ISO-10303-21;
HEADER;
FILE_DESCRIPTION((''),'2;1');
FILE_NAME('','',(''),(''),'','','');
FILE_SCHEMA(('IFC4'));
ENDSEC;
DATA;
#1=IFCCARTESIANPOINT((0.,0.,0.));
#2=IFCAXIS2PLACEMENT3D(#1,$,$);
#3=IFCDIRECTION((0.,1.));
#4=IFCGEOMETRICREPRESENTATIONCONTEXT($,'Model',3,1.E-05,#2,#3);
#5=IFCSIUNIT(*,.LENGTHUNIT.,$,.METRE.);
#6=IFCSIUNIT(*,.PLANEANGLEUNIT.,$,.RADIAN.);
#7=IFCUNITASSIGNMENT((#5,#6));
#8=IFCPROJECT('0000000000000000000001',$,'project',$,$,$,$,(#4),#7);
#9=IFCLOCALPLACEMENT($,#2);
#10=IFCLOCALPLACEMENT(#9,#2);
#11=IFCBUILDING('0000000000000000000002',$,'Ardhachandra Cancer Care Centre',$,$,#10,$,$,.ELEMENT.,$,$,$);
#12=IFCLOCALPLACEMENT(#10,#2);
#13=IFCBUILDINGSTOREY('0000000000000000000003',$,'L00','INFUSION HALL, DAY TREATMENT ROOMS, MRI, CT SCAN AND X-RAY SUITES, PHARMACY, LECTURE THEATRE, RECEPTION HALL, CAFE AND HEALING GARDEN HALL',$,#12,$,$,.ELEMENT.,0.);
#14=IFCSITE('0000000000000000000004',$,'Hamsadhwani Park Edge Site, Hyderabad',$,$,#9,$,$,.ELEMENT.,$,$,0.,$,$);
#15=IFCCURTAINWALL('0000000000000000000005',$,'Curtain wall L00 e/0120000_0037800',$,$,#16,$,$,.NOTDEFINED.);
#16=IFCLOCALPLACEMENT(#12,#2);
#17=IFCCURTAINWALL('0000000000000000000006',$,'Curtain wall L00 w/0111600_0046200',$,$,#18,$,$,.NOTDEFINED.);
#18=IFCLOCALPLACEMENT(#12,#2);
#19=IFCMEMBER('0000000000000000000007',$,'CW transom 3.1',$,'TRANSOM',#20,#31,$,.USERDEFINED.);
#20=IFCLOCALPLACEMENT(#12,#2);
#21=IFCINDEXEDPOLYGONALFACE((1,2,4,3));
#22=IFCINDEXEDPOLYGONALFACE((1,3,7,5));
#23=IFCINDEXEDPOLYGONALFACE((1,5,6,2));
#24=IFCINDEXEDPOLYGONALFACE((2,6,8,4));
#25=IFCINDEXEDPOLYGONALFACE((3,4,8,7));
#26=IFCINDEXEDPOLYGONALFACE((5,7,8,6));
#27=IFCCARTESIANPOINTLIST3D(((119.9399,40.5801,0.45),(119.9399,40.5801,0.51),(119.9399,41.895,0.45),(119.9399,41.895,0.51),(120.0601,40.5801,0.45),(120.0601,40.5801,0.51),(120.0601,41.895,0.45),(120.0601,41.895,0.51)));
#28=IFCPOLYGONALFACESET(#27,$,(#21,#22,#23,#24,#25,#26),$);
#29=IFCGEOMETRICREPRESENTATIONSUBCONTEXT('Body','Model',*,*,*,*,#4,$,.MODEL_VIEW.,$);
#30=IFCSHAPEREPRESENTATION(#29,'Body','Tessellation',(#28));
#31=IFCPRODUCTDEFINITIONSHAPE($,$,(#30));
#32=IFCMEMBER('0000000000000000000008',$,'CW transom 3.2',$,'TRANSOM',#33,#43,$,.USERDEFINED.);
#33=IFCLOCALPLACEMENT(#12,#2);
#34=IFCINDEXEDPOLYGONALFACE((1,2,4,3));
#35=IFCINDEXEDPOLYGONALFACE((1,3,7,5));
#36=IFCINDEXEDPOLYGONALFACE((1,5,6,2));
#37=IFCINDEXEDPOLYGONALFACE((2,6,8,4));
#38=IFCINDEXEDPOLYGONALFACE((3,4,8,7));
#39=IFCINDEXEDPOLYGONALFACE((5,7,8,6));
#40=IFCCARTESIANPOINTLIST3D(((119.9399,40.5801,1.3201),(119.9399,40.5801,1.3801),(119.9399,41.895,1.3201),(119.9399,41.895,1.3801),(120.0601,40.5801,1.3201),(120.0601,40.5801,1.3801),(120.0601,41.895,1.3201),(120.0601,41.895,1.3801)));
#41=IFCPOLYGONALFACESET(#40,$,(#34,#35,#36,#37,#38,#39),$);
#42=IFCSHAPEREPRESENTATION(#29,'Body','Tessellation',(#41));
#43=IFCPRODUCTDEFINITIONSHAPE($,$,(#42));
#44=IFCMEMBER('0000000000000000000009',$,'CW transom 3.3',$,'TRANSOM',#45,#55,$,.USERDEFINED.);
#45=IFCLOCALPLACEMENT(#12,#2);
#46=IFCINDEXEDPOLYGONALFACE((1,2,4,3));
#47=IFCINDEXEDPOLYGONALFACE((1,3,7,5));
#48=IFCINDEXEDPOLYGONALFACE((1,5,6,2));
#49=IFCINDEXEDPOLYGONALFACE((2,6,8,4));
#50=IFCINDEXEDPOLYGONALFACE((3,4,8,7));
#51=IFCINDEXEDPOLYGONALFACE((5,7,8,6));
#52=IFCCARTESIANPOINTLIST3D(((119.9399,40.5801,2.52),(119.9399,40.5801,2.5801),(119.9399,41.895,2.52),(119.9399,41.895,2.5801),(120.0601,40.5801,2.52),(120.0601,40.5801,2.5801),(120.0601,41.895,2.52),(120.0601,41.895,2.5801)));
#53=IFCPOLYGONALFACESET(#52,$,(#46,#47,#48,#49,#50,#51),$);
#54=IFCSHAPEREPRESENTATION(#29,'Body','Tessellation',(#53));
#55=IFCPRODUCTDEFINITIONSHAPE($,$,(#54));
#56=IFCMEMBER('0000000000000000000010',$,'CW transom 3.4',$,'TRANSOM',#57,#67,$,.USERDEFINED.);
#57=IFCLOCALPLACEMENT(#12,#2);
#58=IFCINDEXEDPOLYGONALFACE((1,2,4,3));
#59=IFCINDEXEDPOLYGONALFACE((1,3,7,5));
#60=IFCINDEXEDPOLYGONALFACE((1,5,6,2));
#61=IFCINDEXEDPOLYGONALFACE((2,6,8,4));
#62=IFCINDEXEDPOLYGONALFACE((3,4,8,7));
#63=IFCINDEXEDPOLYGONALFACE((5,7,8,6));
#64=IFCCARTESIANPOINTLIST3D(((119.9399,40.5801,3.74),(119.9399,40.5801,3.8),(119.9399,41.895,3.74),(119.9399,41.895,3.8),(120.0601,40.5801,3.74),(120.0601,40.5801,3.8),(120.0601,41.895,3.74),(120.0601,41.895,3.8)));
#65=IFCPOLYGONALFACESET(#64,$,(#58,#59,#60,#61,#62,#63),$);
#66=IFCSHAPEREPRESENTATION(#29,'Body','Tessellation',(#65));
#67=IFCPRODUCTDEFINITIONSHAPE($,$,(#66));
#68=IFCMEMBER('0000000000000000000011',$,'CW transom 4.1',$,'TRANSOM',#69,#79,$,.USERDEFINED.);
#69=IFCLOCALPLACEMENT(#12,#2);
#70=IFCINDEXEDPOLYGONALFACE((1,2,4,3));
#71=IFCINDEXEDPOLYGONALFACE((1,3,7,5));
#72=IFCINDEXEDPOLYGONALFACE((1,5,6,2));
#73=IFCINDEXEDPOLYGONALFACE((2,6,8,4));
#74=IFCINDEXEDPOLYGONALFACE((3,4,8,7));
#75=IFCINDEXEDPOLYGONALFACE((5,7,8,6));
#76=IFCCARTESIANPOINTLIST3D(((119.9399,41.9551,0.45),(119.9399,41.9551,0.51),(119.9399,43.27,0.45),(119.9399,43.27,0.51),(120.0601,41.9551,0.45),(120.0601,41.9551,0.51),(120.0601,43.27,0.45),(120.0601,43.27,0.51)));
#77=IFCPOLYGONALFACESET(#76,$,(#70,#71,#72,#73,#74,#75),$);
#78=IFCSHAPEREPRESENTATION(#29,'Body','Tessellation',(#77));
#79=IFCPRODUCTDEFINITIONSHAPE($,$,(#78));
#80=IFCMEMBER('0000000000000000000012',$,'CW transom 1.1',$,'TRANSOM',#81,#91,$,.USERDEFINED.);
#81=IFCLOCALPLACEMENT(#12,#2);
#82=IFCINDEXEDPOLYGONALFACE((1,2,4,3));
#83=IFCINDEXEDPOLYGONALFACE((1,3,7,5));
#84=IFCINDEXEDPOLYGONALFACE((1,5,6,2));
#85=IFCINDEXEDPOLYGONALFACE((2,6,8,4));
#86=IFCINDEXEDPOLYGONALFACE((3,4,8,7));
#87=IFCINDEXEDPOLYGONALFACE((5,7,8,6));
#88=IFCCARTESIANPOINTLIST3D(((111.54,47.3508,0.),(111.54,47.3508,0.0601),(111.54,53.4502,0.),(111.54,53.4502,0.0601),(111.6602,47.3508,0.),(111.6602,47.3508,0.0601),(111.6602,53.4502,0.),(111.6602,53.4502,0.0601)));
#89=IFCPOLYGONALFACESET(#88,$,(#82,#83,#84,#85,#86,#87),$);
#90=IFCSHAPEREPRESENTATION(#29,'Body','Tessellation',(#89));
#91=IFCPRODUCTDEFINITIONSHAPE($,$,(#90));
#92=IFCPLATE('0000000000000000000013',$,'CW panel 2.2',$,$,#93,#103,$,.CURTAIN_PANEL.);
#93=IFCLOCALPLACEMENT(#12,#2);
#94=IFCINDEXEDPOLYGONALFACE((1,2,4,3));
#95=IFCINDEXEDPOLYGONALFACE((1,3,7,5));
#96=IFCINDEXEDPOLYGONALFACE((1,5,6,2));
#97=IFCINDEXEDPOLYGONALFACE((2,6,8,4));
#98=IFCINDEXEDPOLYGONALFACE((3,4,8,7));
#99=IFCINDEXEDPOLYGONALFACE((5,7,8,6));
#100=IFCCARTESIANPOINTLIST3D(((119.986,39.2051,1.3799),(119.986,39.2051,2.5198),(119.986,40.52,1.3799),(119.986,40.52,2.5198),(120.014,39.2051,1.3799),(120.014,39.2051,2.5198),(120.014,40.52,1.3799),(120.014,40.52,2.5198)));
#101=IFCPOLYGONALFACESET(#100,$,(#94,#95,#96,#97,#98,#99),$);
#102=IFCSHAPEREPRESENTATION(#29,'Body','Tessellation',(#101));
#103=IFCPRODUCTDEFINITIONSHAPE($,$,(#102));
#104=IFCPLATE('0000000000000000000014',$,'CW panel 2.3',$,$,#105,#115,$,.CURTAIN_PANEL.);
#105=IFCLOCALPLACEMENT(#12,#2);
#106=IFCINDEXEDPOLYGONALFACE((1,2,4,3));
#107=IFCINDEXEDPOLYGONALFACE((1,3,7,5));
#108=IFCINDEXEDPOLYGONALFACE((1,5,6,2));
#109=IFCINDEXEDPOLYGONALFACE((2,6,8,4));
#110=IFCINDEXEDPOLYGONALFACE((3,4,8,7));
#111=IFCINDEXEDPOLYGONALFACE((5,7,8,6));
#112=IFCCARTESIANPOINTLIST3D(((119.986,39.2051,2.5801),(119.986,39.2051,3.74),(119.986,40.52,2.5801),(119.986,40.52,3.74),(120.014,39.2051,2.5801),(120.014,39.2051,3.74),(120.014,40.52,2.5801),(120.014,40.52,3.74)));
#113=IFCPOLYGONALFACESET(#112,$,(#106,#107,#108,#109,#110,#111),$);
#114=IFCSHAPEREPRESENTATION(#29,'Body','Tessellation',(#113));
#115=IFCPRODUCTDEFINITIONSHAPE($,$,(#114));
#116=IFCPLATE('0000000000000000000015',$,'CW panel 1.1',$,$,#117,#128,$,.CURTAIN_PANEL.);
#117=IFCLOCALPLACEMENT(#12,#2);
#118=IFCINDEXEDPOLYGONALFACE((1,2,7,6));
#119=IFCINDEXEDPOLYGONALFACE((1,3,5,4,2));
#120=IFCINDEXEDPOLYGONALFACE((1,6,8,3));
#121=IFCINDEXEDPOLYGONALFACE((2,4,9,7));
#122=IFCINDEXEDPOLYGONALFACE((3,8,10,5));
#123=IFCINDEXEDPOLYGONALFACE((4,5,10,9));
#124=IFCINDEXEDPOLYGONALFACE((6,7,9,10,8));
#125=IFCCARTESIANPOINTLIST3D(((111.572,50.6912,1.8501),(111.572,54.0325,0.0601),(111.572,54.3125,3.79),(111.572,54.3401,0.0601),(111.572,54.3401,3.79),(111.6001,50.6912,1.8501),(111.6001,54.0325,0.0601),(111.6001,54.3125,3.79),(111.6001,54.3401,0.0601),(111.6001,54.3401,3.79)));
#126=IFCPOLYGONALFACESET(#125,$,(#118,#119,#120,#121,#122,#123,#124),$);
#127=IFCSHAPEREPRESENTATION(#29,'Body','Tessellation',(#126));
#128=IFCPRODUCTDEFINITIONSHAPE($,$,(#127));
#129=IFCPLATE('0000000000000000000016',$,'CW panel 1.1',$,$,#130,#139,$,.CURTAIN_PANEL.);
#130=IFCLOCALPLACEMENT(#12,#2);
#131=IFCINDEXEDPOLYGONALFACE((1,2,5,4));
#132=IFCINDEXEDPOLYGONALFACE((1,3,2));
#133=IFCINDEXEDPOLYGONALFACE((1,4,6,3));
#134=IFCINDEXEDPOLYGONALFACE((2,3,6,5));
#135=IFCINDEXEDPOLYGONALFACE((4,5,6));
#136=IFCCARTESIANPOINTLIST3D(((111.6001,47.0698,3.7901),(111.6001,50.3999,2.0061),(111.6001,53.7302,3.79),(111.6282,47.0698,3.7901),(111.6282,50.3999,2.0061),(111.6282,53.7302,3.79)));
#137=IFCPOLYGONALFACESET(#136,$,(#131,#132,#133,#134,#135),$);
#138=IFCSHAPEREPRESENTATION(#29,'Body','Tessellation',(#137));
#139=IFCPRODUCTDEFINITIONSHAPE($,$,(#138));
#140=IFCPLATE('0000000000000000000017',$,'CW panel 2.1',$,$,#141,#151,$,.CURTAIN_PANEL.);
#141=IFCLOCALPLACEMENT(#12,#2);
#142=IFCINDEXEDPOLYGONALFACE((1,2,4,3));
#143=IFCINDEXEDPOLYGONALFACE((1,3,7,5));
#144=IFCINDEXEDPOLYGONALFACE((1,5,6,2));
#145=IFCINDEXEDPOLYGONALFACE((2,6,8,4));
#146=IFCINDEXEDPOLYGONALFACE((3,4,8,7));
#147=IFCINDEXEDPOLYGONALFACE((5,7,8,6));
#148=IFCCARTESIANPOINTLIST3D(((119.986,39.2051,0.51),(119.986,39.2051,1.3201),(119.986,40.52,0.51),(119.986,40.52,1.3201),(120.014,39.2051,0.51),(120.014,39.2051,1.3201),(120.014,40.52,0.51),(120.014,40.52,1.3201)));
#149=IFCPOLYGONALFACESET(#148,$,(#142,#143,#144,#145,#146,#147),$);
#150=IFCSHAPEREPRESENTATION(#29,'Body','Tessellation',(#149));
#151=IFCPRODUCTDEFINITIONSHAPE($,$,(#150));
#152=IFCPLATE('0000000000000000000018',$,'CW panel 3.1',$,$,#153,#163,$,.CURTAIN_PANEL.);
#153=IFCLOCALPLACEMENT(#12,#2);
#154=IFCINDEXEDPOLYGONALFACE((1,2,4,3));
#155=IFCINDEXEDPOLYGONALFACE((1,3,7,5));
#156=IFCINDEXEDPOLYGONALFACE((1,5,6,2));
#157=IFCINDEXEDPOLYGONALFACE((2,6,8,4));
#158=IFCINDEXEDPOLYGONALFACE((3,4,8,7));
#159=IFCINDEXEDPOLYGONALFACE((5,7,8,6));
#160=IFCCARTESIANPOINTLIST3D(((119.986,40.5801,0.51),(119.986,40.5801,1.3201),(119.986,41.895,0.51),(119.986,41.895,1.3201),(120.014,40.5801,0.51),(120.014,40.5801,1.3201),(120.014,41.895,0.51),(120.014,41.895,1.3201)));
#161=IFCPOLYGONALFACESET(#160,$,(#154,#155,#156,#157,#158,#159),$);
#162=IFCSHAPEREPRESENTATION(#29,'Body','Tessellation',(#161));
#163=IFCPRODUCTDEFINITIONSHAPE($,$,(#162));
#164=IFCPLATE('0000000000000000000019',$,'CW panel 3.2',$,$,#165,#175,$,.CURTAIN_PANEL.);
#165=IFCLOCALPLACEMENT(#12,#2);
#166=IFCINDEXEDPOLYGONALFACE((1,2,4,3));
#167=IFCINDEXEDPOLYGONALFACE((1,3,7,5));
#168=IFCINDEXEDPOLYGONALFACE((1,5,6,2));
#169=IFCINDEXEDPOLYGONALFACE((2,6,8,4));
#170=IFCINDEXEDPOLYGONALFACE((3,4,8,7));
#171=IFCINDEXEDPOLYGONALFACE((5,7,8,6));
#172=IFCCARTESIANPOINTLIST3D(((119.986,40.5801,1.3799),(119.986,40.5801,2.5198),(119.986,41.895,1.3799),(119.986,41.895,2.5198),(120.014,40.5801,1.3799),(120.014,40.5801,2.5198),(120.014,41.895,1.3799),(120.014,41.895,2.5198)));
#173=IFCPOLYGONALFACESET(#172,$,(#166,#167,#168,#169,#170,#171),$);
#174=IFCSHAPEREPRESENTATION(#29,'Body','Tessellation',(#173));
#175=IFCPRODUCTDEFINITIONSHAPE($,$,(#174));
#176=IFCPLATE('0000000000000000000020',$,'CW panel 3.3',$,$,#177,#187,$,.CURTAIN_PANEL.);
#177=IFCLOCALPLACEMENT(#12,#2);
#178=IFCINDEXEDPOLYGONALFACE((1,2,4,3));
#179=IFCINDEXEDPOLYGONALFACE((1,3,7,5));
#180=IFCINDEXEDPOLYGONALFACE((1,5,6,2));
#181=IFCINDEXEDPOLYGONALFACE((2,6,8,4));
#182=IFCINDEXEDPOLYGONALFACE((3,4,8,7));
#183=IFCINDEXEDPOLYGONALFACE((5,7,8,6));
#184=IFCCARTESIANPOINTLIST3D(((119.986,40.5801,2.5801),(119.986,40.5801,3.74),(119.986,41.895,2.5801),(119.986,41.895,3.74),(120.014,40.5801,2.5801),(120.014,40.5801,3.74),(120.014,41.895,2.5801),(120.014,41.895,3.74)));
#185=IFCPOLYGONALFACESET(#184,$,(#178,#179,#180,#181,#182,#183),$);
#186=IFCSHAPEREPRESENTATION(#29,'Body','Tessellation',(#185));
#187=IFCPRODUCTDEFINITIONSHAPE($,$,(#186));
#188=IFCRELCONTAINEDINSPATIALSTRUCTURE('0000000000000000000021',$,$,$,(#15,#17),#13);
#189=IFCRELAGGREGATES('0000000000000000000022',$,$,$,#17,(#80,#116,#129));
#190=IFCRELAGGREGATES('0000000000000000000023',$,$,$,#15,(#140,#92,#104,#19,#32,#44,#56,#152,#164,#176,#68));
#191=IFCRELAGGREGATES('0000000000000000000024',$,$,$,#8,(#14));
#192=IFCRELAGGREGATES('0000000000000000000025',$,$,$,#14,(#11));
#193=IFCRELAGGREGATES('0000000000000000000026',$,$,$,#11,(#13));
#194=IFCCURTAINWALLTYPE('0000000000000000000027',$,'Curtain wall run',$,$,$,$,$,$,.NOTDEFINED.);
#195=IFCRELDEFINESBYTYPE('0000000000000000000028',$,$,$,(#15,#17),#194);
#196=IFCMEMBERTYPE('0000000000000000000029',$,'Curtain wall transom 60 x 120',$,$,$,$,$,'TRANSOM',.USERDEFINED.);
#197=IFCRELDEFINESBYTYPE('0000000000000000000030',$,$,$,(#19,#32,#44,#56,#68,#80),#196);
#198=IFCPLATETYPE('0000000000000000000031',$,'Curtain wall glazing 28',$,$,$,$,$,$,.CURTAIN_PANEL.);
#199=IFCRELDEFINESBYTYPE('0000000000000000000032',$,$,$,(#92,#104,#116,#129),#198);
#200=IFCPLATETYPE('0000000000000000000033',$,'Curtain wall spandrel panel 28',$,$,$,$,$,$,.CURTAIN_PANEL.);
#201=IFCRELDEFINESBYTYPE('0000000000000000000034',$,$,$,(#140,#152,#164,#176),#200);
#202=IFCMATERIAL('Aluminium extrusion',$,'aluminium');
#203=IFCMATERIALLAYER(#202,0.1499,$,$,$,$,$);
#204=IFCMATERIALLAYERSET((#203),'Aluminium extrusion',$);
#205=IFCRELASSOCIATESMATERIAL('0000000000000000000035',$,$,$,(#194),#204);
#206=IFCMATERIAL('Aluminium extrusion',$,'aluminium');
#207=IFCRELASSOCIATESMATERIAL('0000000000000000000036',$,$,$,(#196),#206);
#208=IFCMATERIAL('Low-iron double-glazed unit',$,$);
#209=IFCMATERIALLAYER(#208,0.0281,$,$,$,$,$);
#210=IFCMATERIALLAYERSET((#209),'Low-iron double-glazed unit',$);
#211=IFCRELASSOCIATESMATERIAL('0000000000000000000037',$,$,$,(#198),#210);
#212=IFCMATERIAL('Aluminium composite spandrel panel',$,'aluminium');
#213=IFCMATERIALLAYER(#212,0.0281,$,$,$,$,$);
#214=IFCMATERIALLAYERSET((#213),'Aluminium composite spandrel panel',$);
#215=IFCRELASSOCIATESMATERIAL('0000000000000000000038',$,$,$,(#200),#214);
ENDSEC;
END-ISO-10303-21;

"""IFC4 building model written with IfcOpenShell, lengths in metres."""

from ifc_helpers import new_model, si_unit, direction, frame, origin, origin_2d, place, context, subcontext, project, spatial, polyline, rectangle, outline, extrude, material, layer, layer_set, material_profile, profile_set, type_object, element, aggregate, save


model = new_model("IFC4")

# Units and contexts
model_context = context("Model", 3, precision=1e-05, world=origin(), true_north=direction((0.0, 1.0)))
body_context = subcontext(model_context, "Body", "Model", "MODEL_VIEW")
ifc_project = project(units=[si_unit("LENGTHUNIT", "METRE"), si_unit("PLANEANGLEUNIT", "RADIAN")], contexts=[model_context])

# Site, building, storey
site_placement = place(None, origin())
site = spatial("IfcSite", under=ifc_project, at=site_placement, Name="Hamsadhwani Park Edge Site, Hyderabad", CompositionType="ELEMENT", RefElevation=0.0)
building_placement = place(site_placement, origin())
building = spatial("IfcBuilding", under=site, at=building_placement, Name="Ardhachandra Cancer Care Centre", CompositionType="ELEMENT")
storey_placement = place(building_placement, origin())
storey = spatial("IfcBuildingStorey", under=building, at=storey_placement, Name="L00", Description="INFUSION HALL, DAY TREATMENT ROOMS, MRI, CT SCAN AND X-RAY SUITES, PHARMACY, LECTURE THEATRE, RECEPTION HALL, CAFE AND HEALING GARDEN HALL", CompositionType="ELEMENT", Elevation=0.0)

# Curtain wall
ifc_material_1 = material(Name="Aluminium extrusion", Category="aluminium")
ifc_layer_1 = layer(ifc_material_1, 0.1499)
ifc_layer_set_1 = layer_set([ifc_layer_1], Name="Aluminium extrusion")
curtain_wall_type = type_object("IfcCurtainWallType", Name="Curtain wall run", PredefinedType="NOTDEFINED", material=ifc_layer_set_1)
curtain_wall_1_placement = place(storey_placement, origin())
curtain_wall_1 = element("IfcCurtainWall", 1, at=curtain_wall_1_placement, inside=storey, type_object=curtain_wall_type, Name="Curtain wall L00 e/0120000_0037800", PredefinedType="NOTDEFINED")

# Curtain wall
curtain_wall_2_placement = place(storey_placement, origin())
curtain_wall_2 = element("IfcCurtainWall", 2, at=curtain_wall_2_placement, inside=storey, type_object=curtain_wall_type, Name="Curtain wall L00 w/0111600_0046200", PredefinedType="NOTDEFINED")

# Members
ifc_material_2 = material(Name="Aluminium extrusion", Category="aluminium")
ifc_material_profile_1 = material_profile(ifc_material_2, rectangle(XDim=0.1201, YDim=0.0601, at=origin_2d()), Name="Curtain wall transom 60 x 120")
ifc_profile_set_1 = profile_set([ifc_material_profile_1], Name="Aluminium extrusion")
member_type_1 = type_object("IfcMemberType", Name="Curtain wall transom 60 x 120", ElementType="TRANSOM", PredefinedType="USERDEFINED", material=ifc_profile_set_1)
member_1_placement = place(storey_placement, frame((120.0, 40.5801, 0.48), z_axis=(0.0, 1.0, 0.0), x_axis=(-1.0, 0.0, 0.0)))
member_1 = element("IfcMember", 3, at=member_1_placement, type_object=member_type_1, Name="CW transom 3.1", ObjectType="TRANSOM", PredefinedType="USERDEFINED", context=body_context, shape_type="SweptSolid", body=[
    extrude(rectangle(XDim=0.1201, YDim=0.0601, at=origin_2d()), origin(), (0.0, 0.0, 1.0), 1.3149),
])
member_2_placement = place(storey_placement, frame((120.0, 40.5801, 1.3501), z_axis=(0.0, 1.0, 0.0), x_axis=(-1.0, 0.0, 0.0)))
member_2 = element("IfcMember", 4, at=member_2_placement, type_object=member_type_1, Name="CW transom 3.2", ObjectType="TRANSOM", PredefinedType="USERDEFINED", context=body_context, shape_type="SweptSolid", body=[
    extrude(rectangle(XDim=0.1201, YDim=0.0601, at=origin_2d()), origin(), (0.0, 0.0, 1.0), 1.3149),
])
member_3_placement = place(storey_placement, frame((120.0, 40.5801, 2.55), z_axis=(0.0, 1.0, 0.0), x_axis=(-1.0, 0.0, 0.0)))
member_3 = element("IfcMember", 5, at=member_3_placement, type_object=member_type_1, Name="CW transom 3.3", ObjectType="TRANSOM", PredefinedType="USERDEFINED", context=body_context, shape_type="SweptSolid", body=[
    extrude(rectangle(XDim=0.1201, YDim=0.0601, at=origin_2d()), origin(), (0.0, 0.0, 1.0), 1.3149),
])
member_4_placement = place(storey_placement, frame((120.0, 40.5801, 3.77), z_axis=(0.0, 1.0, 0.0), x_axis=(-1.0, 0.0, 0.0)))
member_4 = element("IfcMember", 6, at=member_4_placement, type_object=member_type_1, Name="CW transom 3.4", ObjectType="TRANSOM", PredefinedType="USERDEFINED", context=body_context, shape_type="SweptSolid", body=[
    extrude(rectangle(XDim=0.1201, YDim=0.0601, at=origin_2d()), origin(), (0.0, 0.0, 1.0), 1.3149),
])
member_5_placement = place(storey_placement, frame((120.0, 41.9551, 0.48), z_axis=(0.0, 1.0, 0.0), x_axis=(-1.0, 0.0, 0.0)))
member_5 = element("IfcMember", 7, at=member_5_placement, type_object=member_type_1, Name="CW transom 4.1", ObjectType="TRANSOM", PredefinedType="USERDEFINED", context=body_context, shape_type="SweptSolid", body=[
    extrude(rectangle(XDim=0.1201, YDim=0.0601, at=origin_2d()), origin(), (0.0, 0.0, 1.0), 1.3149),
])
member_6_placement = place(storey_placement, frame((111.6001, 47.3508, 0.03), z_axis=(0.0, 1.0, 0.0), x_axis=(-1.0, 0.0, 0.0)))
member_6 = element("IfcMember", 8, at=member_6_placement, type_object=member_type_1, Name="CW transom 1.1", ObjectType="TRANSOM", PredefinedType="USERDEFINED", context=body_context, shape_type="SweptSolid", body=[
    extrude(rectangle(XDim=0.1201, YDim=0.0601, at=origin_2d()), origin(), (0.0, 0.0, 1.0), 6.0994),
])

# Plates
ifc_material_3 = material(Name="Low-iron double-glazed unit")
ifc_layer_2 = layer(ifc_material_3, 0.0281)
ifc_layer_set_2 = layer_set([ifc_layer_2], Name="Low-iron double-glazed unit")
plate_type_1 = type_object("IfcPlateType", Name="Curtain wall glazing 28", PredefinedType="CURTAIN_PANEL", material=ifc_layer_set_2)
plate_1_placement = place(storey_placement, frame((120.0, 39.8625, 1.3799), z_axis=(0.0, 0.0, 1.0), x_axis=(0.0, 1.0, 0.0)))
plate_1 = element("IfcPlate", 9, at=plate_1_placement, type_object=plate_type_1, Name="CW panel 2.2", PredefinedType="CURTAIN_PANEL", context=body_context, shape_type="SweptSolid", body=[
    extrude(rectangle(XDim=1.3149, YDim=0.0281, at=origin_2d()), origin(), (0.0, 0.0, 1.0), 1.1399),
])
plate_2_placement = place(storey_placement, frame((120.0, 39.8625, 2.5801), z_axis=(0.0, 0.0, 1.0), x_axis=(0.0, 1.0, 0.0)))
plate_2 = element("IfcPlate", 10, at=plate_2_placement, type_object=plate_type_1, Name="CW panel 2.3", PredefinedType="CURTAIN_PANEL", context=body_context, shape_type="SweptSolid", body=[
    extrude(rectangle(XDim=1.3149, YDim=0.0281, at=origin_2d()), origin(), (0.0, 0.0, 1.0), 1.1599),
])
plate_3_placement = place(storey_placement, frame((111.6001, 54.3401, 3.79), z_axis=(-1.0, 0.0, 0.0), x_axis=(0.0, 0.0, -1.0)))
plate_3 = element("IfcPlate", 11, at=plate_3_placement, type_object=plate_type_1, Name="CW panel 1.1", PredefinedType="CURTAIN_PANEL", context=body_context, shape_type="SweptSolid", body=[
    extrude(outline(polyline([(0.0, 0.0), (3.73, 0.0), (3.73, 0.3076), (1.9399, 3.6489), (0.0, 0.0276), (0.0, 0.0)])), origin(), (0.0, 0.0, 1.0), 0.0281),
])
plate_4_placement = place(storey_placement, frame((111.6001, 53.7302, 3.79), z_axis=(-1.0, 0.0, 0.0), x_axis=(0.0, -0.881498, -0.472187)))
plate_4 = element("IfcPlate", 12, at=plate_4_placement, type_object=plate_type_1, Name="CW panel 1.1", PredefinedType="CURTAIN_PANEL", context=body_context, shape_type="SweptSolid", body=[
    extrude(outline(polyline([(0.0, 0.0), (3.7781, 0.0), (5.8711, 3.145), (0.0, 0.0)])), frame((0.0, 0.0, -0.0281)), (0.0, 0.0, 1.0), 0.0281),
])
aggregate(curtain_wall_2, [member_6, plate_3, plate_4])
ifc_material_4 = material(Name="Aluminium composite spandrel panel", Category="aluminium")
ifc_layer_3 = layer(ifc_material_4, 0.0281)
ifc_layer_set_3 = layer_set([ifc_layer_3], Name="Aluminium composite spandrel panel")
plate_type_2 = type_object("IfcPlateType", Name="Curtain wall spandrel panel 28", PredefinedType="CURTAIN_PANEL", material=ifc_layer_set_3)
plate_5_placement = place(storey_placement, frame((120.0, 39.8625, 0.51), z_axis=(0.0, 0.0, 1.0), x_axis=(0.0, 1.0, 0.0)))
plate_5 = element("IfcPlate", 13, at=plate_5_placement, type_object=plate_type_2, Name="CW panel 2.1", PredefinedType="CURTAIN_PANEL", context=body_context, shape_type="SweptSolid", body=[
    extrude(rectangle(XDim=1.3149, YDim=0.0281, at=origin_2d()), origin(), (0.0, 0.0, 1.0), 0.8101),
])
plate_6_placement = place(storey_placement, frame((120.0, 41.2375, 0.51), z_axis=(0.0, 0.0, 1.0), x_axis=(0.0, 1.0, 0.0)))
plate_6 = element("IfcPlate", 14, at=plate_6_placement, type_object=plate_type_2, Name="CW panel 3.1", PredefinedType="CURTAIN_PANEL", context=body_context, shape_type="SweptSolid", body=[
    extrude(rectangle(XDim=1.3149, YDim=0.0281, at=origin_2d()), origin(), (0.0, 0.0, 1.0), 0.8101),
])
plate_7_placement = place(storey_placement, frame((120.0, 41.2375, 1.3799), z_axis=(0.0, 0.0, 1.0), x_axis=(0.0, 1.0, 0.0)))
plate_7 = element("IfcPlate", 15, at=plate_7_placement, type_object=plate_type_2, Name="CW panel 3.2", PredefinedType="CURTAIN_PANEL", context=body_context, shape_type="SweptSolid", body=[
    extrude(rectangle(XDim=1.3149, YDim=0.0281, at=origin_2d()), origin(), (0.0, 0.0, 1.0), 1.1399),
])
plate_8_placement = place(storey_placement, frame((120.0, 41.2375, 2.5801), z_axis=(0.0, 0.0, 1.0), x_axis=(0.0, 1.0, 0.0)))
plate_8 = element("IfcPlate", 16, at=plate_8_placement, type_object=plate_type_2, Name="CW panel 3.3", PredefinedType="CURTAIN_PANEL", context=body_context, shape_type="SweptSolid", body=[
    extrude(rectangle(XDim=1.3149, YDim=0.0281, at=origin_2d()), origin(), (0.0, 0.0, 1.0), 1.1599),
])
aggregate(curtain_wall_1, [plate_5, plate_1, plate_2, member_1, member_2, member_3, member_4, plate_6, plate_7, plate_8, member_5])

save(model, "model.ifc")
